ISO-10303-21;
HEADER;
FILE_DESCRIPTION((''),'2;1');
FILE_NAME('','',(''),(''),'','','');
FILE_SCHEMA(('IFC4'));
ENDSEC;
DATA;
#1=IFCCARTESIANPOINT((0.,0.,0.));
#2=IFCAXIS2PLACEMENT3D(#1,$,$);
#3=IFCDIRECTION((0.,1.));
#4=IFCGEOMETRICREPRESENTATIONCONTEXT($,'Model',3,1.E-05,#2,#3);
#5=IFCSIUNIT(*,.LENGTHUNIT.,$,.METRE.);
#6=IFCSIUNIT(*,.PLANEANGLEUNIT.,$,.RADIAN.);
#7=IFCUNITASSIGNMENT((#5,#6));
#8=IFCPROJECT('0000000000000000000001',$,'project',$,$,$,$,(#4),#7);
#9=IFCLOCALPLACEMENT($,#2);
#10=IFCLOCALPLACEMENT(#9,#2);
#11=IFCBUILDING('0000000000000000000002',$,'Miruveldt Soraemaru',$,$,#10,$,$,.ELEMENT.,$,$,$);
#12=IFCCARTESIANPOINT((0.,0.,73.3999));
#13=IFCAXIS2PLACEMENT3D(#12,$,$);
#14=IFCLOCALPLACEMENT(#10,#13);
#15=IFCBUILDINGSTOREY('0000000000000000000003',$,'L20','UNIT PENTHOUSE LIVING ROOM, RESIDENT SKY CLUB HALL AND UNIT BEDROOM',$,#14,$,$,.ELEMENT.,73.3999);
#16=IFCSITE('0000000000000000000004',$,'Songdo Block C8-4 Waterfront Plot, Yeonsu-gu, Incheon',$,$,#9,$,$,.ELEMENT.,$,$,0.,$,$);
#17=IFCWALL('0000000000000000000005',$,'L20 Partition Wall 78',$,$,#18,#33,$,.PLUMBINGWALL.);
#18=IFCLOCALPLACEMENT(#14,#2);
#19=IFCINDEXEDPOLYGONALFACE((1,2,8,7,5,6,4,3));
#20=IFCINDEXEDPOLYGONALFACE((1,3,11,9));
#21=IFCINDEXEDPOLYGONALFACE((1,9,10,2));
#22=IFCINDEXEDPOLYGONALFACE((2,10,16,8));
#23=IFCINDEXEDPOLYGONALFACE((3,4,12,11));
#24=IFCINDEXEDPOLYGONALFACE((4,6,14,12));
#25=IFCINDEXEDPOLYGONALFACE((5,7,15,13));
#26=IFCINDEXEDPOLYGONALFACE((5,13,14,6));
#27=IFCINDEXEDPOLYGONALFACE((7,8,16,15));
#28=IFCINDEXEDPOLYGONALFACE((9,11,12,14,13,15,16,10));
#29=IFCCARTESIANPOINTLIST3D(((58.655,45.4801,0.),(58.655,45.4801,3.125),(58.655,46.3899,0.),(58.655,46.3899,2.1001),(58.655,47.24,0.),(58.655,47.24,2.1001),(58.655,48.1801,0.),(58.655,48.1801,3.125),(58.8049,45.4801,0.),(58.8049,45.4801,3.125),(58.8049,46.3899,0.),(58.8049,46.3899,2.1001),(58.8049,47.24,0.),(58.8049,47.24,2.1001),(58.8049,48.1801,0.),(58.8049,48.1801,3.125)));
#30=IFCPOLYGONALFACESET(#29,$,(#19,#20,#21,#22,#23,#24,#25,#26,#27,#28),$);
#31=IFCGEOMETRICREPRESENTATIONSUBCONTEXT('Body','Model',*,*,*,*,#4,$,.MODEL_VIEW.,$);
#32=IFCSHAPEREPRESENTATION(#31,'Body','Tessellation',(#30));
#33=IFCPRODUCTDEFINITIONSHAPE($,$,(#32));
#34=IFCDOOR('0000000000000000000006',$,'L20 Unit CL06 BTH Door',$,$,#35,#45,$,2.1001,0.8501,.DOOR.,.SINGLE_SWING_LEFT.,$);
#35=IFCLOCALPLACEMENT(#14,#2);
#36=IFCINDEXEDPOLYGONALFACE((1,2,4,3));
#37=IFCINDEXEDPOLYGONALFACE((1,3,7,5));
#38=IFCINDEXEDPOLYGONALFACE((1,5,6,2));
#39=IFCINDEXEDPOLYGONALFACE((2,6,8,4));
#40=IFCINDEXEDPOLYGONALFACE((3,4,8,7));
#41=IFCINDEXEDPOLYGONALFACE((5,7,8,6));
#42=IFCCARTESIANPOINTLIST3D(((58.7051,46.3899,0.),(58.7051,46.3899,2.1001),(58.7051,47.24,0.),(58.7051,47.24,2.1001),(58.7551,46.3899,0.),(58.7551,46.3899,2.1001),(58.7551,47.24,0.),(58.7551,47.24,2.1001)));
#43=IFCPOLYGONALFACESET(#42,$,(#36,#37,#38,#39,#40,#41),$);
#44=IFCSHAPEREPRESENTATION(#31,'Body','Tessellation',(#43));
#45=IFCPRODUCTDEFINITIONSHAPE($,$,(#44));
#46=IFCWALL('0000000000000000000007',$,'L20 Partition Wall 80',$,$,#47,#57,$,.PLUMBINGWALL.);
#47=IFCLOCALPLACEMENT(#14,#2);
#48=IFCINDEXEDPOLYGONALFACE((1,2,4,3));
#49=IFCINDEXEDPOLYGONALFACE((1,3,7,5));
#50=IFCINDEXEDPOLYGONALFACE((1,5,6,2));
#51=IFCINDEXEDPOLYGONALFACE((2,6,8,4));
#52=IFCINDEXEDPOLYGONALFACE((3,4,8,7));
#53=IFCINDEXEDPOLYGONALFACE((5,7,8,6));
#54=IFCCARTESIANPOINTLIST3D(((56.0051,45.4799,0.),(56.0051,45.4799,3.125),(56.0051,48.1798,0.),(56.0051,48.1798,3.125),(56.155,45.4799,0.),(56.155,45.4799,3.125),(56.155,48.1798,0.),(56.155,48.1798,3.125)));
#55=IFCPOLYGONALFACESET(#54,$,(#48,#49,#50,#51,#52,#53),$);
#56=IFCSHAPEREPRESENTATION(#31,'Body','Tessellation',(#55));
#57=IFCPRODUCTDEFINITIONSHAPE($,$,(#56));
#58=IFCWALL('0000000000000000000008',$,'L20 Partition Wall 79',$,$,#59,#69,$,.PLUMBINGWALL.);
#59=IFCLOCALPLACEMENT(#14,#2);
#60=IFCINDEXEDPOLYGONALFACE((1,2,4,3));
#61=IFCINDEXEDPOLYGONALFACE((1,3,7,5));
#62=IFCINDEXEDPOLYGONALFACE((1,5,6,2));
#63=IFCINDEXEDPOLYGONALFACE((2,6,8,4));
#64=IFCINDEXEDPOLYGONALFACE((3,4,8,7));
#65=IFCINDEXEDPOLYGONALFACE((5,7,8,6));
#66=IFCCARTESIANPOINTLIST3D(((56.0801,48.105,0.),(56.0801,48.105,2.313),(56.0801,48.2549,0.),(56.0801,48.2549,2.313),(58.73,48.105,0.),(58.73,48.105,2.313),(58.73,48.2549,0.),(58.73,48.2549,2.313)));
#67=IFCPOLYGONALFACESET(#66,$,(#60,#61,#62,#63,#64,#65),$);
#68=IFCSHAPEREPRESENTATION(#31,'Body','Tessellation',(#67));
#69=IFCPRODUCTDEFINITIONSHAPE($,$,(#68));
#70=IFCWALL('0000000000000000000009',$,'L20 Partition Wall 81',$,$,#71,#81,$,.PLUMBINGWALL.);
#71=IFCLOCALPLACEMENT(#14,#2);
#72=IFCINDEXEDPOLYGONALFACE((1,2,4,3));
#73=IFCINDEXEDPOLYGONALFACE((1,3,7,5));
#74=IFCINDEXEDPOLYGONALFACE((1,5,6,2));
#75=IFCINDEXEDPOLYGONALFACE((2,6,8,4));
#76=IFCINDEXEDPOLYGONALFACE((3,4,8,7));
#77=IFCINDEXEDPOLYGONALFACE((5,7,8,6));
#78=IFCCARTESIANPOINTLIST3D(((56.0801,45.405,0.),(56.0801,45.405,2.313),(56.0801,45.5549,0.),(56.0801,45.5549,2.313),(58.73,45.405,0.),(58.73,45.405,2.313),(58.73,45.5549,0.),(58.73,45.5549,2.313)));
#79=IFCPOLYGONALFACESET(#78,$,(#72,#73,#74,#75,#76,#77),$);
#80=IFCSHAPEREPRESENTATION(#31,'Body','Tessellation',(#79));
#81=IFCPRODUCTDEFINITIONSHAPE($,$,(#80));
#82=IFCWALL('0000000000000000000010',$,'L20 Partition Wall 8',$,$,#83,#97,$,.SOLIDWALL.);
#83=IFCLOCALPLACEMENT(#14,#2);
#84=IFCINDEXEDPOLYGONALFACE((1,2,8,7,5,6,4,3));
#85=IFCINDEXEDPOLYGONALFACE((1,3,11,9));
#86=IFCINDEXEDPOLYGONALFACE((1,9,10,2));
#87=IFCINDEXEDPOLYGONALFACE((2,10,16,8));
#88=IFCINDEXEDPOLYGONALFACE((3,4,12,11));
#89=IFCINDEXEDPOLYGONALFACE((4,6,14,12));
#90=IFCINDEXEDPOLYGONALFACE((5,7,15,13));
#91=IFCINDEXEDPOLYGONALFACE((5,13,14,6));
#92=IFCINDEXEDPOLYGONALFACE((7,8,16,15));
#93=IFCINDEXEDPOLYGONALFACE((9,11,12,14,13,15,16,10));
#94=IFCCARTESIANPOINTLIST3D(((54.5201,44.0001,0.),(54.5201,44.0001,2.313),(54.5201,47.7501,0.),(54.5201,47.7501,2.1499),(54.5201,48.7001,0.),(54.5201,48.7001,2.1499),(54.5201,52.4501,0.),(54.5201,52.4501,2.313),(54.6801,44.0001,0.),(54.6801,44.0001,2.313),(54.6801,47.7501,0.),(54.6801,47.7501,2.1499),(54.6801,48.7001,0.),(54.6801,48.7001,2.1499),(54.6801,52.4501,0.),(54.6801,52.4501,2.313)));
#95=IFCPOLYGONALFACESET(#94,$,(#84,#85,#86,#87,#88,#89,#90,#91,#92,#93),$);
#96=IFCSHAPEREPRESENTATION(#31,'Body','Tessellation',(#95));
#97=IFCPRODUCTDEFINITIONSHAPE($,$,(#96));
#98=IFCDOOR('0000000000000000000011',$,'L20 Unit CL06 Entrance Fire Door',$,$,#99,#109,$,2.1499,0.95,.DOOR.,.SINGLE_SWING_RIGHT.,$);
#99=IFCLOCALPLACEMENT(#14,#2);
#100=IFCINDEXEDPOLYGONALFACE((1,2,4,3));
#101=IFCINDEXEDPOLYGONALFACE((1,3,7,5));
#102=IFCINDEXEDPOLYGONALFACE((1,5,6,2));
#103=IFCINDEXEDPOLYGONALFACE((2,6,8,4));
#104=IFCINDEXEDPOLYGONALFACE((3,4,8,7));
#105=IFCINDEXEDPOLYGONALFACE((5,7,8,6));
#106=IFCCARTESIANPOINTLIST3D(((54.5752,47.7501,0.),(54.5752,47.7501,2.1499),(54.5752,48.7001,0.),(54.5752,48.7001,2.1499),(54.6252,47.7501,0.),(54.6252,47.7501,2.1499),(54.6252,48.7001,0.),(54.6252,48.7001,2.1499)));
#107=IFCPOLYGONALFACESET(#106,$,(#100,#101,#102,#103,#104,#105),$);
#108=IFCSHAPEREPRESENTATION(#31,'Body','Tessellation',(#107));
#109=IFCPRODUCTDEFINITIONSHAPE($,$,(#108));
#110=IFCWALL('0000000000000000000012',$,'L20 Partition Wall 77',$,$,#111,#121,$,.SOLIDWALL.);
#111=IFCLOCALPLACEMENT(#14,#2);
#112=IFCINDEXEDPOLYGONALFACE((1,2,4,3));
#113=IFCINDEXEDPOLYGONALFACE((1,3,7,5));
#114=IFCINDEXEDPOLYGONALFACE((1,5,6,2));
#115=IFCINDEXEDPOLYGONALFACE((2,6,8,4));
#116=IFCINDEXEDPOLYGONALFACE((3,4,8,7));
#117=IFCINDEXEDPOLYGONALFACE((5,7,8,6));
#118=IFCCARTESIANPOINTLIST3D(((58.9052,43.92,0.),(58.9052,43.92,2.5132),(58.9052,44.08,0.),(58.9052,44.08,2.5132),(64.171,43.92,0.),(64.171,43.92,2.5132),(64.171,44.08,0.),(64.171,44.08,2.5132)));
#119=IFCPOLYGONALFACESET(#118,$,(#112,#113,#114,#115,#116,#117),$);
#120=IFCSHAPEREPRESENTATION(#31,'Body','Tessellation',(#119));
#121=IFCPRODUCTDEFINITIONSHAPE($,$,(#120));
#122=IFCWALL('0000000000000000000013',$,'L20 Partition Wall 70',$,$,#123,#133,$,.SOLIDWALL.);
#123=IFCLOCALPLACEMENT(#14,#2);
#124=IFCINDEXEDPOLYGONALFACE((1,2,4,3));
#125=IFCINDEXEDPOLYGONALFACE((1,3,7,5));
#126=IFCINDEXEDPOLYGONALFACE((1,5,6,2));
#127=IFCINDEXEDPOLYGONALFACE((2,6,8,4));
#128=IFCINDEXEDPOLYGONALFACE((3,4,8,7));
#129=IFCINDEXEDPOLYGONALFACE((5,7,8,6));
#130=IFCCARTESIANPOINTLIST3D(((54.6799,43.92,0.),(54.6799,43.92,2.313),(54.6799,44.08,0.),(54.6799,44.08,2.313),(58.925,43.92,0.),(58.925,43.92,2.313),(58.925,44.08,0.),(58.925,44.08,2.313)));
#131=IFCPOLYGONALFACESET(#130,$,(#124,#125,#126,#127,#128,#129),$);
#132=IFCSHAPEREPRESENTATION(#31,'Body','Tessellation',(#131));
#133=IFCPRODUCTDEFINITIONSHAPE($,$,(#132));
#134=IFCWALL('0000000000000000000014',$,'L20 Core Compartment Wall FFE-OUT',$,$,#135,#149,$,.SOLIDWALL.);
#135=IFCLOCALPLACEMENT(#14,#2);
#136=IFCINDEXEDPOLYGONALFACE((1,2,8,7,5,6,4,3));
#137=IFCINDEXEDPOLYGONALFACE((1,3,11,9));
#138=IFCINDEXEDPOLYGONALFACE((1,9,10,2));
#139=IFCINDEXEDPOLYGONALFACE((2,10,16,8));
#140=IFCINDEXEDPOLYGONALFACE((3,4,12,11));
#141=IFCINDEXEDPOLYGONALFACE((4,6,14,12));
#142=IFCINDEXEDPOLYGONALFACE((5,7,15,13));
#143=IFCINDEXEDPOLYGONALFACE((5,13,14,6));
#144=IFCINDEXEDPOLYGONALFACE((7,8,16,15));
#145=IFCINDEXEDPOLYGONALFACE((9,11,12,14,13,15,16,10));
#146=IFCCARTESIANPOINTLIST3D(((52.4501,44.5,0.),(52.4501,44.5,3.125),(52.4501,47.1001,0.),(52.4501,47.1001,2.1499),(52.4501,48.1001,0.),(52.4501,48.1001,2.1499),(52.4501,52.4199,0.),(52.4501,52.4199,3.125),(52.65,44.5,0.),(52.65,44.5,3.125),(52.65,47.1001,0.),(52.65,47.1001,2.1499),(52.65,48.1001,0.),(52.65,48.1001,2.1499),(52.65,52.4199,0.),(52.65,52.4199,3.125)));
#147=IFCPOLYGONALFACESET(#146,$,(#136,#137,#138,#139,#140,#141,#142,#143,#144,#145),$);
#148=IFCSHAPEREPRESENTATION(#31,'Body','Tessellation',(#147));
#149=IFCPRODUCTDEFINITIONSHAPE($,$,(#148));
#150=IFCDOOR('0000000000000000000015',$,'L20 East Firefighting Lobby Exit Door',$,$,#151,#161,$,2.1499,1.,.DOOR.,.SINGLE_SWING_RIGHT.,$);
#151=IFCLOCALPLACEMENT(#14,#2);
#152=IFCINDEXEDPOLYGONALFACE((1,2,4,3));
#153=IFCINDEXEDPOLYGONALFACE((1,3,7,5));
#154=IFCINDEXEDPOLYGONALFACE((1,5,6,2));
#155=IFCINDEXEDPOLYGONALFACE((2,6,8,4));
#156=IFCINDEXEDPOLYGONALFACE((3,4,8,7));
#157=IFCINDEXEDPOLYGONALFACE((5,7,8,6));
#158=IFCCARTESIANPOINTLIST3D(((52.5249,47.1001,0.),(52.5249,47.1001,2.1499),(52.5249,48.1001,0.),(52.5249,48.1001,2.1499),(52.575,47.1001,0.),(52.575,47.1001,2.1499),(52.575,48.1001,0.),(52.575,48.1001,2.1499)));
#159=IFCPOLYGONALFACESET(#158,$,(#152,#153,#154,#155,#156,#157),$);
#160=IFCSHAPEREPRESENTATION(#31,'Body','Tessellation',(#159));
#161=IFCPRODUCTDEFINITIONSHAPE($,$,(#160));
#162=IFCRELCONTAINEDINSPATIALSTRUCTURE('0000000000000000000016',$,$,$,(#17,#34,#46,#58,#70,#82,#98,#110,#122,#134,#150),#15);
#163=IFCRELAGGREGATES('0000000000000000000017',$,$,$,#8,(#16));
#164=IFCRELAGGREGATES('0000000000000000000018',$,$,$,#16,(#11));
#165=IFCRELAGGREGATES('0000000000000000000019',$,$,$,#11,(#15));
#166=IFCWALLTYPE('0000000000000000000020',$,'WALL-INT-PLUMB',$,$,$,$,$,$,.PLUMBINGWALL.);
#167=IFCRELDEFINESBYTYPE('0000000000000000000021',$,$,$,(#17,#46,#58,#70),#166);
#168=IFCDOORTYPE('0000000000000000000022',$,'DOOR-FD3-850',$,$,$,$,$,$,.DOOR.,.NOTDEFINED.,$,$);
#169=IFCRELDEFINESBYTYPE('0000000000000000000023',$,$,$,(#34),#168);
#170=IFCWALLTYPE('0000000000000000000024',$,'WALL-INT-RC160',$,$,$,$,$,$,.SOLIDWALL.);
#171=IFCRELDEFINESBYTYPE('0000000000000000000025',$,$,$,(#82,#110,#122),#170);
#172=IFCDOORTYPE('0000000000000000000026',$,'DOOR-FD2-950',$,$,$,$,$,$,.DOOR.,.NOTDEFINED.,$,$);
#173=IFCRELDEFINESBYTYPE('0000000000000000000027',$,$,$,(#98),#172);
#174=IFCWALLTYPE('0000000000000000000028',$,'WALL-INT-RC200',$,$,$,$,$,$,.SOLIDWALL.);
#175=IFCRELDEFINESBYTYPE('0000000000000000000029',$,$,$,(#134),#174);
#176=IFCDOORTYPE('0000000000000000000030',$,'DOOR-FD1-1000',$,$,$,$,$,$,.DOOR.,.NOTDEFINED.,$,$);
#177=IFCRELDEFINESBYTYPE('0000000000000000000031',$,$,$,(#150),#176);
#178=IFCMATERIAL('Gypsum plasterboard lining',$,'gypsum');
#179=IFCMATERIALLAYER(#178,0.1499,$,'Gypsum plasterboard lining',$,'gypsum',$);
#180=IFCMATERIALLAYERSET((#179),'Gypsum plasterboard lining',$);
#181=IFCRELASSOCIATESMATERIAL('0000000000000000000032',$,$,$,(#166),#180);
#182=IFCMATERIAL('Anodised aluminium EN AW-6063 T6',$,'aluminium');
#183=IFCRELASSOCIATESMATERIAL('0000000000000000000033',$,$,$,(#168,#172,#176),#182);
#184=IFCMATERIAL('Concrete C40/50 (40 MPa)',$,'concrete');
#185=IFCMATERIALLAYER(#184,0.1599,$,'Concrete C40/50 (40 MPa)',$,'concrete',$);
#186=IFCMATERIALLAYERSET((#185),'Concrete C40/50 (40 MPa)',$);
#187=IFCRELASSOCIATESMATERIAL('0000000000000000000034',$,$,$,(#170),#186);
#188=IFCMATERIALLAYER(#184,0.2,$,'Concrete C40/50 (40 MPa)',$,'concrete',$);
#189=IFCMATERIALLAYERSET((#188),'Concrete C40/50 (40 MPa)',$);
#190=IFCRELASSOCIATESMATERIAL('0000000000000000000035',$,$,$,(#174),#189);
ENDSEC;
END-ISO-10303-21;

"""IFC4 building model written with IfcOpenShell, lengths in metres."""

from ifc_helpers import new_model, si_unit, direction, frame, frame_2d, origin, place, context, subcontext, project, spatial, rectangle, extrude, material, layer, layer_set, type_object, element, fill, save


model = new_model("IFC4")

# Units and contexts
model_context = context("Model", 3, precision=1e-05, world=origin(), true_north=direction((0.0, 1.0)))
body_context = subcontext(model_context, "Body", "Model", "MODEL_VIEW")
ifc_project = project(units=[si_unit("LENGTHUNIT", "METRE"), si_unit("PLANEANGLEUNIT", "RADIAN")], contexts=[model_context])

# Site, building, storey
site_placement = place(None, origin())
site = spatial("IfcSite", under=ifc_project, at=site_placement, Name="Songdo Block C8-4 Waterfront Plot, Yeonsu-gu, Incheon", CompositionType="ELEMENT", RefElevation=0.0)
building_placement = place(site_placement, origin())
building = spatial("IfcBuilding", under=site, at=building_placement, Name="Miruveldt Soraemaru", CompositionType="ELEMENT")
storey_placement = place(building_placement, frame((0.0, 0.0, 73.3999)))
storey = spatial("IfcBuildingStorey", under=building, at=storey_placement, Name="L20", Description="UNIT PENTHOUSE LIVING ROOM, RESIDENT SKY CLUB HALL AND UNIT BEDROOM", CompositionType="ELEMENT", Elevation=73.3999)

# Wall, opening, door
ifc_material_1 = material(Name="Gypsum plasterboard lining", Category="gypsum")
ifc_layer_1 = layer(ifc_material_1, 0.1499, Name="Gypsum plasterboard lining", Category="gypsum")
ifc_layer_set_1 = layer_set([ifc_layer_1], Name="Gypsum plasterboard lining")
wall_type_1 = type_object("IfcWallType", Name="WALL-INT-PLUMB", PredefinedType="PLUMBINGWALL", material=ifc_layer_set_1)
wall_1_placement = place(storey_placement, frame((58.73, 45.48, 0.0), z_axis=(0.0, 0.0, 1.0), x_axis=(0.0, 1.0, 0.0)))
wall_1 = element("IfcWall", 1, at=wall_1_placement, inside=storey, type_object=wall_type_1, Name="L20 Partition Wall 78", PredefinedType="PLUMBINGWALL", context=body_context, shape_type="SweptSolid", body=[
    extrude(rectangle(XDim=2.7, YDim=0.1499, at=frame_2d((1.3501, 0.0))), origin(), (0.0, 0.0, 1.0), 3.125),
])
opening_1_placement = place(wall_1_placement, frame((0.9099, 0.0, 0.0)))
opening_1 = element("IfcOpeningElement", 2, at=opening_1_placement, cuts=wall_1, PredefinedType="OPENING", context=body_context, shape_type="SweptSolid", body=[
    extrude(rectangle(XDim=0.8501, YDim=2.1001, at=frame_2d((0.425, 1.05))), frame((0.0, 0.085, 0.0), z_axis=(0.0, -1.0, 0.0), x_axis=(1.0, 0.0, 0.0)), (0.0, 0.0, 1.0), 0.1699),
])
ifc_material_2 = material(Name="Anodised aluminium EN AW-6063 T6", Category="aluminium")
door_type_1 = type_object("IfcDoorType", Name="DOOR-FD3-850", OperationType="NOTDEFINED", PredefinedType="DOOR", material=ifc_material_2)
door_1_placement = place(opening_1_placement, origin())
door_1 = element("IfcDoor", 3, at=door_1_placement, inside=storey, type_object=door_type_1, Name="L20 Unit CL06 BTH Door", OperationType="SINGLE_SWING_LEFT", OverallHeight=2.1001, OverallWidth=0.8501, PredefinedType="DOOR", context=body_context, shape_type="SweptSolid", body=[
    extrude(rectangle(XDim=0.8501, YDim=2.1001, at=frame_2d((0.425, 1.05))), frame((0.0, 0.0249, 0.0), z_axis=(0.0, -1.0, 0.0), x_axis=(1.0, 0.0, 0.0)), (0.0, 0.0, 1.0), 0.05),
])
fill(opening_1, door_1)

# Walls
wall_2_placement = place(storey_placement, frame((56.0801, 48.1799, 0.0), z_axis=(0.0, 0.0, 1.0), x_axis=(0.0, -1.0, 0.0)))
element("IfcWall", 4, at=wall_2_placement, inside=storey, type_object=wall_type_1, Name="L20 Partition Wall 80", PredefinedType="PLUMBINGWALL", context=body_context, shape_type="SweptSolid", body=[
    extrude(rectangle(XDim=2.7, YDim=0.1499, at=frame_2d((1.3501, 0.0))), origin(), (0.0, 0.0, 1.0), 3.125),
])
for number, where, z_axis, x_axis, name in (
    (5, (58.73, 48.1799, 0.0), (0.0, 0.0, 1.0), (-1.0, 0.0, 0.0), "L20 Partition Wall 79"),
    (6, (56.0801, 45.48, 0.0), (0.0, 0.0, 1.0), (1.0, 0.0, 0.0), "L20 Partition Wall 81"),
):
    element("IfcWall", number, at=place(storey_placement, frame(where, z_axis=z_axis, x_axis=x_axis)), inside=storey, type_object=wall_type_1, Name=name, PredefinedType="PLUMBINGWALL", context=body_context, shape_type="SweptSolid", body=[
        extrude(rectangle(XDim=2.6499, YDim=0.1499, at=frame_2d((1.325, 0.0))), origin(), (0.0, 0.0, 1.0), 2.313),
    ])

# Wall, opening, door
ifc_material_3 = material(Name="Concrete C40/50 (40 MPa)", Category="concrete")
ifc_layer_2 = layer(ifc_material_3, 0.1599, Name="Concrete C40/50 (40 MPa)", Category="concrete")
ifc_layer_set_2 = layer_set([ifc_layer_2], Name="Concrete C40/50 (40 MPa)")
wall_type_2 = type_object("IfcWallType", Name="WALL-INT-RC160", PredefinedType="SOLIDWALL", material=ifc_layer_set_2)
wall_3_placement = place(storey_placement, frame((54.6001, 44.0, 0.0), z_axis=(0.0, 0.0, 1.0), x_axis=(0.0, 1.0, 0.0)))
wall_3 = element("IfcWall", 7, at=wall_3_placement, inside=storey, type_object=wall_type_2, Name="L20 Partition Wall 8", PredefinedType="SOLIDWALL", context=body_context, shape_type="SweptSolid", body=[
    extrude(rectangle(XDim=8.45, YDim=0.1599, at=frame_2d((4.2251, 0.0))), origin(), (0.0, 0.0, 1.0), 2.313),
])
opening_2_placement = place(wall_3_placement, frame((3.75, 0.0, 0.0)))
opening_2 = element("IfcOpeningElement", 8, at=opening_2_placement, cuts=wall_3, PredefinedType="OPENING", context=body_context, shape_type="SweptSolid", body=[
    extrude(rectangle(XDim=0.95, YDim=2.1499, at=frame_2d((0.4751, 1.075))), frame((0.0, 0.0898, 0.0), z_axis=(0.0, -1.0, 0.0), x_axis=(1.0, 0.0, 0.0)), (0.0, 0.0, 1.0), 0.1799),
])
door_type_2 = type_object("IfcDoorType", Name="DOOR-FD2-950", OperationType="NOTDEFINED", PredefinedType="DOOR", material=ifc_material_2)
door_2_placement = place(opening_2_placement, origin())
door_2 = element("IfcDoor", 9, at=door_2_placement, inside=storey, type_object=door_type_2, Name="L20 Unit CL06 Entrance Fire Door", OperationType="SINGLE_SWING_RIGHT", OverallHeight=2.1499, OverallWidth=0.95, PredefinedType="DOOR", context=body_context, shape_type="SweptSolid", body=[
    extrude(rectangle(XDim=0.95, YDim=2.1499, at=frame_2d((0.4751, 1.075))), frame((0.0, 0.0249, 0.0), z_axis=(0.0, -1.0, 0.0), x_axis=(1.0, 0.0, 0.0)), (0.0, 0.0, 1.0), 0.05),
])
fill(opening_2, door_2)

# Walls
wall_4_placement = place(storey_placement, frame((64.1709, 44.0, 0.0), z_axis=(0.0, 0.0, 1.0), x_axis=(-1.0, 0.0, 0.0)))
element("IfcWall", 10, at=wall_4_placement, inside=storey, type_object=wall_type_2, Name="L20 Partition Wall 77", PredefinedType="SOLIDWALL", context=body_context, shape_type="SweptSolid", body=[
    extrude(rectangle(XDim=5.2659, YDim=0.1599, at=frame_2d((2.6328, 0.0))), origin(), (0.0, 0.0, 1.0), 2.5132),
])
wall_5_placement = place(storey_placement, frame((58.925, 44.0, 0.0), z_axis=(0.0, 0.0, 1.0), x_axis=(-1.0, 0.0, 0.0)))
element("IfcWall", 11, at=wall_5_placement, inside=storey, type_object=wall_type_2, Name="L20 Partition Wall 70", PredefinedType="SOLIDWALL", context=body_context, shape_type="SweptSolid", body=[
    extrude(rectangle(XDim=4.2451, YDim=0.1599, at=frame_2d((2.1226, 0.0))), origin(), (0.0, 0.0, 1.0), 2.313),
])

# Wall, opening, door
ifc_layer_3 = layer(ifc_material_3, 0.2, Name="Concrete C40/50 (40 MPa)", Category="concrete")
ifc_layer_set_3 = layer_set([ifc_layer_3], Name="Concrete C40/50 (40 MPa)")
wall_type_3 = type_object("IfcWallType", Name="WALL-INT-RC200", PredefinedType="SOLIDWALL", material=ifc_layer_set_3)
wall_6_placement = place(storey_placement, frame((52.55, 44.5, 0.0), z_axis=(0.0, 0.0, 1.0), x_axis=(0.0, 1.0, 0.0)))
wall_6 = element("IfcWall", 12, at=wall_6_placement, inside=storey, type_object=wall_type_3, Name="L20 Core Compartment Wall FFE-OUT", PredefinedType="SOLIDWALL", context=body_context, shape_type="SweptSolid", body=[
    extrude(rectangle(XDim=7.9199, YDim=0.2, at=frame_2d((3.96, 0.0))), origin(), (0.0, 0.0, 1.0), 3.125),
])
opening_3_placement = place(wall_6_placement, frame((2.6001, 0.0, 0.0)))
opening_3 = element("IfcOpeningElement", 13, at=opening_3_placement, cuts=wall_6, PredefinedType="OPENING", context=body_context, shape_type="SweptSolid", body=[
    extrude(rectangle(XDim=1.0, YDim=2.1499, at=frame_2d((0.5, 1.075))), frame((0.0, 0.1099, 0.0), z_axis=(0.0, -1.0, 0.0), x_axis=(1.0, 0.0, 0.0)), (0.0, 0.0, 1.0), 0.22),
])
door_type_3 = type_object("IfcDoorType", Name="DOOR-FD1-1000", OperationType="NOTDEFINED", PredefinedType="DOOR", material=ifc_material_2)
door_3_placement = place(opening_3_placement, frame((1.0, 0.0, 0.0), z_axis=(0.0, 0.0, 1.0), x_axis=(-1.0, 0.0, 0.0)))
door_3 = element("IfcDoor", 14, at=door_3_placement, inside=storey, type_object=door_type_3, Name="L20 East Firefighting Lobby Exit Door", OperationType="SINGLE_SWING_RIGHT", OverallHeight=2.1499, OverallWidth=1.0, PredefinedType="DOOR", context=body_context, shape_type="SweptSolid", body=[
    extrude(rectangle(XDim=1.0, YDim=2.1499, at=frame_2d((0.5, 1.075))), frame((0.0, 0.0249, 0.0), z_axis=(0.0, -1.0, 0.0), x_axis=(1.0, 0.0, 0.0)), (0.0, 0.0, 1.0), 0.05),
])
fill(opening_3, door_3)

save(model, "model.ifc")
